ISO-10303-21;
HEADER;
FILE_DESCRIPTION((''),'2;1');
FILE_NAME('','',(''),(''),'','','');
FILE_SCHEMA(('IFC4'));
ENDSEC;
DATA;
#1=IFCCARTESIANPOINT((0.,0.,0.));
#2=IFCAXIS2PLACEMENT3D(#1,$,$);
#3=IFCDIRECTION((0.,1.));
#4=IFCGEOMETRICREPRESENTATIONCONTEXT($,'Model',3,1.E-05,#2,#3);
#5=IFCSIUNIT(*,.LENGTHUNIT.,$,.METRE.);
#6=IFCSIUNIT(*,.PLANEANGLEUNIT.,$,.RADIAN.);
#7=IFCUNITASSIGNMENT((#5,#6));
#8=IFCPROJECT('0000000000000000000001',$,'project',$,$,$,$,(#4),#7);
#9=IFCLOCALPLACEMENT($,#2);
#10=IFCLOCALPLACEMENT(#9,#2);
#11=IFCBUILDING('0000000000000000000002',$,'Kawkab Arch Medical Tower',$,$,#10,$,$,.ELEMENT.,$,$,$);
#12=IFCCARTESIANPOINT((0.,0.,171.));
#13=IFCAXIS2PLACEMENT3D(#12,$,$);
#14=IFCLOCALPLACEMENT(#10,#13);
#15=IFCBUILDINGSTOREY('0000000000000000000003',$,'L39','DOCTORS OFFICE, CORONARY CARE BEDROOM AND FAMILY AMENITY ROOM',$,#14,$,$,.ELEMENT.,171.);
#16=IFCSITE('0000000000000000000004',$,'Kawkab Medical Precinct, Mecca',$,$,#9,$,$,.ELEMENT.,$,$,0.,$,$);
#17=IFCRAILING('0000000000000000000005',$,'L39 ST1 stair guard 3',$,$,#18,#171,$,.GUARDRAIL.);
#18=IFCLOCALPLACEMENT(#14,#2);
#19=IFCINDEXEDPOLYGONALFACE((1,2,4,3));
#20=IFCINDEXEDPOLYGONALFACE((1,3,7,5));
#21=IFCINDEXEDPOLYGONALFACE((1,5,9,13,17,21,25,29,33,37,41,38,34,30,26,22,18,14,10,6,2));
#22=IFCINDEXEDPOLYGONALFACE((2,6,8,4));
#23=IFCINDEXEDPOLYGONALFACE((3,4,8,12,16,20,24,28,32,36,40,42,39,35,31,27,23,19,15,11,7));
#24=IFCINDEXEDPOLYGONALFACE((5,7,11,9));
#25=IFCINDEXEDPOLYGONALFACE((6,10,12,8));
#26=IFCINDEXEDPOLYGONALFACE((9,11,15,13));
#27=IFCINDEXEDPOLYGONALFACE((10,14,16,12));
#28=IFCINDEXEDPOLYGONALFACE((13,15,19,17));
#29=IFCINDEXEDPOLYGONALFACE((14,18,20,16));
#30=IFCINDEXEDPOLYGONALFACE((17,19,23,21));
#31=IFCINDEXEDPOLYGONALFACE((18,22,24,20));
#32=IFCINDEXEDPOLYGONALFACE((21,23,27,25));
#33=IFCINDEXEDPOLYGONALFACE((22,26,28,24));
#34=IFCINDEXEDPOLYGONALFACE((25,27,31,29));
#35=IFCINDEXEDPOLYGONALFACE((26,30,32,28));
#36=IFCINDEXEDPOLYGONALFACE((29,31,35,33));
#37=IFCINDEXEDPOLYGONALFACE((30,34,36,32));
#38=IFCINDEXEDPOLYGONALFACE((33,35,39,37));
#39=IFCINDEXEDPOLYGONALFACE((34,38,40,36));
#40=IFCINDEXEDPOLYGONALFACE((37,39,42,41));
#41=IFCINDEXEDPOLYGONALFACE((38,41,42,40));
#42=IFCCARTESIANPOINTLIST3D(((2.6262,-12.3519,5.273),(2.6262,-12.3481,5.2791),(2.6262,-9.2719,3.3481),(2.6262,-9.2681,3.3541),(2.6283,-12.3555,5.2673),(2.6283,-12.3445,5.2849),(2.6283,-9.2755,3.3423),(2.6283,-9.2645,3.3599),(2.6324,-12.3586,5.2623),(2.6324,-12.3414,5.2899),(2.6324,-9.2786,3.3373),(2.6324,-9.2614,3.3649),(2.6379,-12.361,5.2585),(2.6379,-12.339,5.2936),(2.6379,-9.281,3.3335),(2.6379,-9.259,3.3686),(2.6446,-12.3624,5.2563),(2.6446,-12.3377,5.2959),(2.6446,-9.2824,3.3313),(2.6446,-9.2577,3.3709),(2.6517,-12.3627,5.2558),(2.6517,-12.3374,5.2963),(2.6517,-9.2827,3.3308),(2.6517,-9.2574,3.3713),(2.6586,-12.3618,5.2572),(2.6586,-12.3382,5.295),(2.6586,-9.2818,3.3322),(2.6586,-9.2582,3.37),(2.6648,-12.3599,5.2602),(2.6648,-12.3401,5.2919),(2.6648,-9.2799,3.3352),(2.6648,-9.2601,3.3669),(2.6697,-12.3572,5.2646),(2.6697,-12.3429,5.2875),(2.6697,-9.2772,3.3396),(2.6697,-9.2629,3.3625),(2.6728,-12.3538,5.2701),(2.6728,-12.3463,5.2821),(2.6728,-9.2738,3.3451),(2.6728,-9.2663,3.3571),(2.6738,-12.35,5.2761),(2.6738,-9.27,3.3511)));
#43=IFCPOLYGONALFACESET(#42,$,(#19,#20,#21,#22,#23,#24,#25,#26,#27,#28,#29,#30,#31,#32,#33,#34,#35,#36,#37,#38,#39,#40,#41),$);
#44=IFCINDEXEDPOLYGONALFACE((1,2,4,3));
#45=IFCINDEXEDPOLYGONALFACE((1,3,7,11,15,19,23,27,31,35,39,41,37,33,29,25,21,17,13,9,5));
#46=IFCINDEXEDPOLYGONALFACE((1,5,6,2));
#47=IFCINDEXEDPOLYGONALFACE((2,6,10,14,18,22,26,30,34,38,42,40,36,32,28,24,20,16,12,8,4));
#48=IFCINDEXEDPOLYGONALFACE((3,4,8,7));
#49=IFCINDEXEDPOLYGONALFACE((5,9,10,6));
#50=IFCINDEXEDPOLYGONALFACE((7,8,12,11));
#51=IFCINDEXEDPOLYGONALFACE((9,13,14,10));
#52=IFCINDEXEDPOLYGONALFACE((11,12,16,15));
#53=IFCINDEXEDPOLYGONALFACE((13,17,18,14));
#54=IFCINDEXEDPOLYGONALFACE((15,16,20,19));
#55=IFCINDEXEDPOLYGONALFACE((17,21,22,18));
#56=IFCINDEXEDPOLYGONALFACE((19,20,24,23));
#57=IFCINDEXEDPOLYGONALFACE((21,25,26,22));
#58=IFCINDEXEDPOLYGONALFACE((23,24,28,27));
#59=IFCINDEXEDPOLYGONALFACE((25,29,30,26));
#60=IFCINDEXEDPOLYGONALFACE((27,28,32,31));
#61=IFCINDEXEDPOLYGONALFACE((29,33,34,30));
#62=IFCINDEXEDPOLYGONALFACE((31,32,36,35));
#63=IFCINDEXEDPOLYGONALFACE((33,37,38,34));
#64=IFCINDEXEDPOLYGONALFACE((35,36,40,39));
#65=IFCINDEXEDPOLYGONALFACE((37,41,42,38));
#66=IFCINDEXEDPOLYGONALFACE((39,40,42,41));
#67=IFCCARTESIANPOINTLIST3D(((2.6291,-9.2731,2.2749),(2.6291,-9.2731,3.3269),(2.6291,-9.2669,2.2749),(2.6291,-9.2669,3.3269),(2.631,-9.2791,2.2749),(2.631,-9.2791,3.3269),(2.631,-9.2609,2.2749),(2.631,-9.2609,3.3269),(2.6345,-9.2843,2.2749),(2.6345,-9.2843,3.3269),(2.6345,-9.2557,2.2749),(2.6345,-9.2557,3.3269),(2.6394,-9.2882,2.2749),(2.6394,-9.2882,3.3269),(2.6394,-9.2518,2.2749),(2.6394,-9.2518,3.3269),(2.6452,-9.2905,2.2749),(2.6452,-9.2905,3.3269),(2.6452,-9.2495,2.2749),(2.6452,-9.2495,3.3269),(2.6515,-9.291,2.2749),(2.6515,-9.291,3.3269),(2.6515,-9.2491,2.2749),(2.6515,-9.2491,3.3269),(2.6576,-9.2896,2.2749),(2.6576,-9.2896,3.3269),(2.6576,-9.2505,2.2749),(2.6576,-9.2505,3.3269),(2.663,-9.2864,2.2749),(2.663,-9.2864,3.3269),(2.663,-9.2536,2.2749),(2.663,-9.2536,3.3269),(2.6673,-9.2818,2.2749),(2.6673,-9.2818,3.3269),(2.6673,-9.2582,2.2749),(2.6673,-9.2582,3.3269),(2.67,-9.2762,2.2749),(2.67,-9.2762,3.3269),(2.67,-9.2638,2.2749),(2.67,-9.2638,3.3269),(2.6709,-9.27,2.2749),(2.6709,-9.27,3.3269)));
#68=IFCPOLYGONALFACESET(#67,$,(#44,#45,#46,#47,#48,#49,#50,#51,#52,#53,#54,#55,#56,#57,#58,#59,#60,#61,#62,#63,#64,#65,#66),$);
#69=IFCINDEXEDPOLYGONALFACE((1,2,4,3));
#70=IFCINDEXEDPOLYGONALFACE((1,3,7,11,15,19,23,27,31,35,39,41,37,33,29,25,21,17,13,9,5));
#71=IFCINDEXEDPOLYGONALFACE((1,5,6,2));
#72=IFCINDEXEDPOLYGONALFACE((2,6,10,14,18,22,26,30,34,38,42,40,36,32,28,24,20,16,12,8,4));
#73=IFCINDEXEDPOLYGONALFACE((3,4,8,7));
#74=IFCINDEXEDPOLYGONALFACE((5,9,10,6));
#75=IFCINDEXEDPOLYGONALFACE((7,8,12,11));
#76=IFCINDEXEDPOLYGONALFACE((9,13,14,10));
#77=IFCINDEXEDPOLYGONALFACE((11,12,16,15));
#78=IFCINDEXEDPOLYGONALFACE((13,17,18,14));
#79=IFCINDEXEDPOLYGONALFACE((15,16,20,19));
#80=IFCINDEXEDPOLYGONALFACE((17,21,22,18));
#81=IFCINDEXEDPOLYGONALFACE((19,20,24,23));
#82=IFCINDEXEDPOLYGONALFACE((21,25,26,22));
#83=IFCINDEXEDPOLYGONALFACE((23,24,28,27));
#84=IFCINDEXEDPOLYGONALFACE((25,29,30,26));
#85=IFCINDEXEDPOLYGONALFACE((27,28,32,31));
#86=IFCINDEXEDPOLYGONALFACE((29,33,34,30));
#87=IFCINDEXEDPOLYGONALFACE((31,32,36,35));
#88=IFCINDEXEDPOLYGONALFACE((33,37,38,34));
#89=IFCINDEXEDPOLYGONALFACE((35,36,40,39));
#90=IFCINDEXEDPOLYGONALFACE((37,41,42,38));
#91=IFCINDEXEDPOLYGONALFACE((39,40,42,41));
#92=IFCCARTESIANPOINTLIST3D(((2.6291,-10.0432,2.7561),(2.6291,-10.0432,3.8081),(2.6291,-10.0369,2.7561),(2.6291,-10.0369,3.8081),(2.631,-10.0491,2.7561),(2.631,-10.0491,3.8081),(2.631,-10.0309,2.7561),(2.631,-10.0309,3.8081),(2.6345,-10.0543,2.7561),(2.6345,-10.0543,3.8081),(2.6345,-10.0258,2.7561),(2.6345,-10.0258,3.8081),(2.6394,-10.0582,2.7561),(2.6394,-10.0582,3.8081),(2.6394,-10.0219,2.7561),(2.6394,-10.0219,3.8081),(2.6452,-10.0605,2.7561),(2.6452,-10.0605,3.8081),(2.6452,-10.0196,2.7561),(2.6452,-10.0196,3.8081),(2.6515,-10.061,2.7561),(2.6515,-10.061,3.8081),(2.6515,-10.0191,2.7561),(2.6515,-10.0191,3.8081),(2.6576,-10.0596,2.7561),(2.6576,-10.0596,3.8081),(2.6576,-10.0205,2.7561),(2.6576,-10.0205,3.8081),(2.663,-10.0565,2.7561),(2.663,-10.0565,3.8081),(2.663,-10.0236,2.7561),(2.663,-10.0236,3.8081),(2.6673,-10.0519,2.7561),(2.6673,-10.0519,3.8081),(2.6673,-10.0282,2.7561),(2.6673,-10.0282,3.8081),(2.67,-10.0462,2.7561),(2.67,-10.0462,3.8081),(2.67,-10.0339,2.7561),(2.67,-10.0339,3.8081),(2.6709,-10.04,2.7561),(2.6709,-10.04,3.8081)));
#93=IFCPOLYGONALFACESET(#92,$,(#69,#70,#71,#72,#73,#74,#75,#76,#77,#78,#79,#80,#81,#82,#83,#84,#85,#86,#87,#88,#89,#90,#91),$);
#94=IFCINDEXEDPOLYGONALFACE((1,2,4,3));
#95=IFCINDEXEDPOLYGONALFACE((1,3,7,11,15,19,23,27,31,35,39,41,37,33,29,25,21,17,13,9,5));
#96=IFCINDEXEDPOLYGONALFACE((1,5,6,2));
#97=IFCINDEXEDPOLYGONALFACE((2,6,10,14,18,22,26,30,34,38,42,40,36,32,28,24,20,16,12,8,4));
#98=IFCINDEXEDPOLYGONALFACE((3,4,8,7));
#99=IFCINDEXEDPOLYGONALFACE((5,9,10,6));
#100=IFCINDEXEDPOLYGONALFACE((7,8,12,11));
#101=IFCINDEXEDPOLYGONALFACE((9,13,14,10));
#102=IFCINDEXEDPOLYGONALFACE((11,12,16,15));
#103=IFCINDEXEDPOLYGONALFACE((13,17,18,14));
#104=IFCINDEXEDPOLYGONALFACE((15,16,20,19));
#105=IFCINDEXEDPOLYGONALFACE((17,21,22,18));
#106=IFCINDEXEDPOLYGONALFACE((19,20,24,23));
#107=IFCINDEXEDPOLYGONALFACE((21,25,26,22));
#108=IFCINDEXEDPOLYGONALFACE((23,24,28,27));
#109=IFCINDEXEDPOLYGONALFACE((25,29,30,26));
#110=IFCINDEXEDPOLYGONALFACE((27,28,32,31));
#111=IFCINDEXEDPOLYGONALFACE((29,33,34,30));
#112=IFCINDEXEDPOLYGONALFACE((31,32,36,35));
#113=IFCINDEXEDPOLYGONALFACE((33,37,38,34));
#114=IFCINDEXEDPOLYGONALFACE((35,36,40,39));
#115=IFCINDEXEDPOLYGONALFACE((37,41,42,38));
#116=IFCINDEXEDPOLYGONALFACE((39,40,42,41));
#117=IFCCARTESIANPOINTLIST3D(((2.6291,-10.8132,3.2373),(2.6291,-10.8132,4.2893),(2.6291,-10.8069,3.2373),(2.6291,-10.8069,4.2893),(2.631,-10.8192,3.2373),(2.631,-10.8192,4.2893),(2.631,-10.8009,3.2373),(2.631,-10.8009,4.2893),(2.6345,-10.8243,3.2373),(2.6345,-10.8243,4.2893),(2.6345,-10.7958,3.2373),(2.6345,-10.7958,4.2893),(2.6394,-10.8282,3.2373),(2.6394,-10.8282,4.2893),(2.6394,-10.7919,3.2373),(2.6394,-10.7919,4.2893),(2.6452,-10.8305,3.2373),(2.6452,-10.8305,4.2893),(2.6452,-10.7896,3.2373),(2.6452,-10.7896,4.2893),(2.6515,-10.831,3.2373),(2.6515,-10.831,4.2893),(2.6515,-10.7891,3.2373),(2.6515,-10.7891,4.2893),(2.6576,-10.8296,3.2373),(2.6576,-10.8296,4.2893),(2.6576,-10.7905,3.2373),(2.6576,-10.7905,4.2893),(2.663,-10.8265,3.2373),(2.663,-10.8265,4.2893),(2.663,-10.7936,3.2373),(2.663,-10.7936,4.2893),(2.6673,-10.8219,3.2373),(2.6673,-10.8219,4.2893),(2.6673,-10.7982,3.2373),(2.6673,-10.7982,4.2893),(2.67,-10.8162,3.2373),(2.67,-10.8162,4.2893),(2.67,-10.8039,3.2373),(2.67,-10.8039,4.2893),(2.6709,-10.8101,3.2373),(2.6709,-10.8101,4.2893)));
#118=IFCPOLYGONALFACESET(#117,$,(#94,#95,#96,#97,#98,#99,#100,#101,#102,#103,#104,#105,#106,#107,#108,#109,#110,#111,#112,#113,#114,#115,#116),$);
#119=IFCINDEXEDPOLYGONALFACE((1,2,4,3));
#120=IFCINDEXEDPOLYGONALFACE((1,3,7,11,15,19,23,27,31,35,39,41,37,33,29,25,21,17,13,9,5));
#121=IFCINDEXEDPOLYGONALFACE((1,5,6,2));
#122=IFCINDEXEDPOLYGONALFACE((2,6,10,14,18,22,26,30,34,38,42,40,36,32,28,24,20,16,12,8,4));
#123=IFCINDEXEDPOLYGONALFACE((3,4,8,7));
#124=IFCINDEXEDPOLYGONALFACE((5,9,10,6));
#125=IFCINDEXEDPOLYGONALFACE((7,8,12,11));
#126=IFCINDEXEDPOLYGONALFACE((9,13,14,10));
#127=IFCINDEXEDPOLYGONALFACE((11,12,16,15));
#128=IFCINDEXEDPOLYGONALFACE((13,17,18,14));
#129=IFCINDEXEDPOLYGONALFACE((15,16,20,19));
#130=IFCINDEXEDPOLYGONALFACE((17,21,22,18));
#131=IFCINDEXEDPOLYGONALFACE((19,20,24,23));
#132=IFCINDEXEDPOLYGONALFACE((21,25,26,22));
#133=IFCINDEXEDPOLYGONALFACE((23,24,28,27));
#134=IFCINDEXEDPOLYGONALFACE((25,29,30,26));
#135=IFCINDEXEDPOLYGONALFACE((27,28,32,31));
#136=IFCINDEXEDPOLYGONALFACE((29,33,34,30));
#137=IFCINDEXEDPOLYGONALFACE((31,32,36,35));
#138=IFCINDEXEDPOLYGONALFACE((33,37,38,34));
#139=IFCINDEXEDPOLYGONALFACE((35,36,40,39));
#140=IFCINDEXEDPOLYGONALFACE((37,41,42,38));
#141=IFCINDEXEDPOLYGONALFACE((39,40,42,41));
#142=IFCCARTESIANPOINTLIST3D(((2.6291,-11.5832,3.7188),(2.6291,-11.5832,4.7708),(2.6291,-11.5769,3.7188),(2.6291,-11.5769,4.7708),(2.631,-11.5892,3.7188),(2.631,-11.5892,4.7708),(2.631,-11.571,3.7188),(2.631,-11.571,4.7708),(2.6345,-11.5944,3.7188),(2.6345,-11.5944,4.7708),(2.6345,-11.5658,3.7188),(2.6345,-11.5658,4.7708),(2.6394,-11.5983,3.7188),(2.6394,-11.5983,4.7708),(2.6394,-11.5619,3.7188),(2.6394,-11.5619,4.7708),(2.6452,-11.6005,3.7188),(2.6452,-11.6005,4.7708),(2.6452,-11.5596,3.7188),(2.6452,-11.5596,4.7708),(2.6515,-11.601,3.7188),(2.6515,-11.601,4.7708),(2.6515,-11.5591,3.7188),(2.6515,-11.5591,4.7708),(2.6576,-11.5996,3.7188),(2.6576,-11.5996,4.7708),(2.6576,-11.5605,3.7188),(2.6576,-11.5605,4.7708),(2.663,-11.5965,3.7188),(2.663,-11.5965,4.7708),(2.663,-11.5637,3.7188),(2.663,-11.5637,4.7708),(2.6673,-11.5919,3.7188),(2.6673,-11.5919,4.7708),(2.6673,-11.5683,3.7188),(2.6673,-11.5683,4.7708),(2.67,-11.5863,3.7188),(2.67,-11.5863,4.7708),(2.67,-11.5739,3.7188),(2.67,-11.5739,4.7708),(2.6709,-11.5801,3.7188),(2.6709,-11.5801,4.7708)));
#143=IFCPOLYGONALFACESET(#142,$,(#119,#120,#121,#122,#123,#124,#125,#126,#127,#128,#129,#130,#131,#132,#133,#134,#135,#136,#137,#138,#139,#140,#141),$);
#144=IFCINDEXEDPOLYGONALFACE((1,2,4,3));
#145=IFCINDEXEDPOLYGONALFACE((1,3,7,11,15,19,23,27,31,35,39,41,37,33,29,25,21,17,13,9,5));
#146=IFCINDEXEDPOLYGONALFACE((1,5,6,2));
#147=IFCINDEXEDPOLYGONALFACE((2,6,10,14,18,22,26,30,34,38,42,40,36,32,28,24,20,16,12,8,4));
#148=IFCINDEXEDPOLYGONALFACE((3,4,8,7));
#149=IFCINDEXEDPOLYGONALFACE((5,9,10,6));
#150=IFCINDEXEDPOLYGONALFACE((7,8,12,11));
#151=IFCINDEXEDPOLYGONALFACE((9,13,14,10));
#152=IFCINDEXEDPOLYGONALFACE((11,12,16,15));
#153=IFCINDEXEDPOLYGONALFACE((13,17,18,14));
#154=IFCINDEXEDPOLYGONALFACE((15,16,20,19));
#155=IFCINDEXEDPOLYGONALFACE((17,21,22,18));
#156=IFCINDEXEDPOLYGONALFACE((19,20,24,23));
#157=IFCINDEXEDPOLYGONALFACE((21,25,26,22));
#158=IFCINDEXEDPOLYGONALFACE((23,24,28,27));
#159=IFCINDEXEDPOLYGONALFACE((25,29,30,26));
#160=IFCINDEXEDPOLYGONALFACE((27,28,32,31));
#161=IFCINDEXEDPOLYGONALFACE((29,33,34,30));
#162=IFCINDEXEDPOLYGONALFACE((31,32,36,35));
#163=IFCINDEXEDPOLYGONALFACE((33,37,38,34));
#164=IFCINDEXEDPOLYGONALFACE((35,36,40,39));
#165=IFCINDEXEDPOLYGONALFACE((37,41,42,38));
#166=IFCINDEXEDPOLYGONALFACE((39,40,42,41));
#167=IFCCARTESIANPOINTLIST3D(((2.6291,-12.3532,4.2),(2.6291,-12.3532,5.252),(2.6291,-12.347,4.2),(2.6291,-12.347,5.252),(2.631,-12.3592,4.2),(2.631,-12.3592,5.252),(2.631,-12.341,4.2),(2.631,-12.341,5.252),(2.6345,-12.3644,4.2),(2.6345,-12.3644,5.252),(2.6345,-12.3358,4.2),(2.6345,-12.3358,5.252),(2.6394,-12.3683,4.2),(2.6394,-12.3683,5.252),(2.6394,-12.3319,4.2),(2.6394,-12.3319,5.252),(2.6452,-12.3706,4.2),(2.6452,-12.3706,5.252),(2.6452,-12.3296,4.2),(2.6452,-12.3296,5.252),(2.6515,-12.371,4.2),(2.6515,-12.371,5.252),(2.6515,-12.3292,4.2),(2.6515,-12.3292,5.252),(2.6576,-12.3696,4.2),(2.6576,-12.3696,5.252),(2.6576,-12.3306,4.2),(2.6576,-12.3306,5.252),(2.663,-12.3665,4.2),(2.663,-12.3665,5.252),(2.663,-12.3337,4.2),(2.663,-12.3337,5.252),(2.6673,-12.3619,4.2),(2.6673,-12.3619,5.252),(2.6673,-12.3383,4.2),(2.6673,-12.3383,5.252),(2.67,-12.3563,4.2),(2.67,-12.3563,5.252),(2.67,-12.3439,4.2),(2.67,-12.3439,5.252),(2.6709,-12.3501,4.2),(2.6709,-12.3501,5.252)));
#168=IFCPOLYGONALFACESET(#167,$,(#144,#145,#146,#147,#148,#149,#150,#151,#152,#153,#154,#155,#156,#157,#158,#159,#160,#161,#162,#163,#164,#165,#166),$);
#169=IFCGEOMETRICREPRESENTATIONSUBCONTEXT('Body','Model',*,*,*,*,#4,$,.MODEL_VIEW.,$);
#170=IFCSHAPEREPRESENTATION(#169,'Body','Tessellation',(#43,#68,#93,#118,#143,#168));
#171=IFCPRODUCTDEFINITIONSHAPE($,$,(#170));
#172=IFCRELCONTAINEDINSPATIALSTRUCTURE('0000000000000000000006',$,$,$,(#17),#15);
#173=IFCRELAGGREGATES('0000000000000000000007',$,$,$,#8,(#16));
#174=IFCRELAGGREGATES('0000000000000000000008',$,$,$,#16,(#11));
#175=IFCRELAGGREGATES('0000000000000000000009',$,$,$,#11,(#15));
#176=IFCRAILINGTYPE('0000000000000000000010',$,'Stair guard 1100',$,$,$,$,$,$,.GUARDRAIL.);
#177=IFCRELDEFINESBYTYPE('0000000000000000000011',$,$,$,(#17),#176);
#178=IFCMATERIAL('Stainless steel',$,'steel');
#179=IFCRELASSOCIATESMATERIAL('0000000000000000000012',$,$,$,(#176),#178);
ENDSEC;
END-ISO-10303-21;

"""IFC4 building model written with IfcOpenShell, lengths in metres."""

from ifc_helpers import new_model, si_unit, direction, frame, origin, origin_2d, place, context, subcontext, project, spatial, circle, extrude, material, type_object, element, save


model = new_model("IFC4")

# Units and contexts
model_context = context("Model", 3, precision=1e-05, world=origin(), true_north=direction((0.0, 1.0)))
body_context = subcontext(model_context, "Body", "Model", "MODEL_VIEW")
ifc_project = project(units=[si_unit("LENGTHUNIT", "METRE"), si_unit("PLANEANGLEUNIT", "RADIAN")], contexts=[model_context])

# Site, building, storey
site_placement = place(None, origin())
site = spatial("IfcSite", under=ifc_project, at=site_placement, Name="Kawkab Medical Precinct, Mecca", CompositionType="ELEMENT", RefElevation=0.0)
building_placement = place(site_placement, origin())
building = spatial("IfcBuilding", under=site, at=building_placement, Name="Kawkab Arch Medical Tower", CompositionType="ELEMENT")
storey_placement = place(building_placement, frame((0.0, 0.0, 171.0)))
storey = spatial("IfcBuildingStorey", under=building, at=storey_placement, Name="L39", Description="DOCTORS OFFICE, CORONARY CARE BEDROOM AND FAMILY AMENITY ROOM", CompositionType="ELEMENT", Elevation=171.0)

# Railing
ifc_material_1 = material(Name="Stainless steel", Category="steel")
railing_type = type_object("IfcRailingType", Name="Stair guard 1100", PredefinedType="GUARDRAIL", material=ifc_material_1)
railing_1_placement = place(storey_placement, frame((2.6499, -9.27, 2.2749)))
element("IfcRailing", 1, at=railing_1_placement, inside=storey, type_object=railing_type, Name="L39 ST1 stair guard 3", PredefinedType="GUARDRAIL", context=body_context, shape_type="SweptSolid", body=[
    extrude(circle(Radius=0.0239, at=origin_2d()), frame((0.0, 0.0, 1.0762), z_axis=(0.0, -0.847998, 0.529999), x_axis=(1.0, 0.0, 0.0)), (0.0, 0.0, 1.0), 3.6321),
    extrude(circle(Radius=0.021, at=origin_2d()), origin(), (0.0, 0.0, 1.0), 1.052),
    extrude(circle(Radius=0.021, at=origin_2d()), frame((0.0, -0.77, 0.4812)), (0.0, 0.0, 1.0), 1.052),
    extrude(circle(Radius=0.021, at=origin_2d()), frame((0.0, -1.54, 0.9624)), (0.0, 0.0, 1.0), 1.052),
    extrude(circle(Radius=0.021, at=origin_2d()), frame((0.0, -2.3101, 1.4438)), (0.0, 0.0, 1.0), 1.052),
    extrude(circle(Radius=0.021, at=origin_2d()), frame((0.0, -3.0801, 1.925)), (0.0, 0.0, 1.0), 1.052),
])

save(model, "model.ifc")
